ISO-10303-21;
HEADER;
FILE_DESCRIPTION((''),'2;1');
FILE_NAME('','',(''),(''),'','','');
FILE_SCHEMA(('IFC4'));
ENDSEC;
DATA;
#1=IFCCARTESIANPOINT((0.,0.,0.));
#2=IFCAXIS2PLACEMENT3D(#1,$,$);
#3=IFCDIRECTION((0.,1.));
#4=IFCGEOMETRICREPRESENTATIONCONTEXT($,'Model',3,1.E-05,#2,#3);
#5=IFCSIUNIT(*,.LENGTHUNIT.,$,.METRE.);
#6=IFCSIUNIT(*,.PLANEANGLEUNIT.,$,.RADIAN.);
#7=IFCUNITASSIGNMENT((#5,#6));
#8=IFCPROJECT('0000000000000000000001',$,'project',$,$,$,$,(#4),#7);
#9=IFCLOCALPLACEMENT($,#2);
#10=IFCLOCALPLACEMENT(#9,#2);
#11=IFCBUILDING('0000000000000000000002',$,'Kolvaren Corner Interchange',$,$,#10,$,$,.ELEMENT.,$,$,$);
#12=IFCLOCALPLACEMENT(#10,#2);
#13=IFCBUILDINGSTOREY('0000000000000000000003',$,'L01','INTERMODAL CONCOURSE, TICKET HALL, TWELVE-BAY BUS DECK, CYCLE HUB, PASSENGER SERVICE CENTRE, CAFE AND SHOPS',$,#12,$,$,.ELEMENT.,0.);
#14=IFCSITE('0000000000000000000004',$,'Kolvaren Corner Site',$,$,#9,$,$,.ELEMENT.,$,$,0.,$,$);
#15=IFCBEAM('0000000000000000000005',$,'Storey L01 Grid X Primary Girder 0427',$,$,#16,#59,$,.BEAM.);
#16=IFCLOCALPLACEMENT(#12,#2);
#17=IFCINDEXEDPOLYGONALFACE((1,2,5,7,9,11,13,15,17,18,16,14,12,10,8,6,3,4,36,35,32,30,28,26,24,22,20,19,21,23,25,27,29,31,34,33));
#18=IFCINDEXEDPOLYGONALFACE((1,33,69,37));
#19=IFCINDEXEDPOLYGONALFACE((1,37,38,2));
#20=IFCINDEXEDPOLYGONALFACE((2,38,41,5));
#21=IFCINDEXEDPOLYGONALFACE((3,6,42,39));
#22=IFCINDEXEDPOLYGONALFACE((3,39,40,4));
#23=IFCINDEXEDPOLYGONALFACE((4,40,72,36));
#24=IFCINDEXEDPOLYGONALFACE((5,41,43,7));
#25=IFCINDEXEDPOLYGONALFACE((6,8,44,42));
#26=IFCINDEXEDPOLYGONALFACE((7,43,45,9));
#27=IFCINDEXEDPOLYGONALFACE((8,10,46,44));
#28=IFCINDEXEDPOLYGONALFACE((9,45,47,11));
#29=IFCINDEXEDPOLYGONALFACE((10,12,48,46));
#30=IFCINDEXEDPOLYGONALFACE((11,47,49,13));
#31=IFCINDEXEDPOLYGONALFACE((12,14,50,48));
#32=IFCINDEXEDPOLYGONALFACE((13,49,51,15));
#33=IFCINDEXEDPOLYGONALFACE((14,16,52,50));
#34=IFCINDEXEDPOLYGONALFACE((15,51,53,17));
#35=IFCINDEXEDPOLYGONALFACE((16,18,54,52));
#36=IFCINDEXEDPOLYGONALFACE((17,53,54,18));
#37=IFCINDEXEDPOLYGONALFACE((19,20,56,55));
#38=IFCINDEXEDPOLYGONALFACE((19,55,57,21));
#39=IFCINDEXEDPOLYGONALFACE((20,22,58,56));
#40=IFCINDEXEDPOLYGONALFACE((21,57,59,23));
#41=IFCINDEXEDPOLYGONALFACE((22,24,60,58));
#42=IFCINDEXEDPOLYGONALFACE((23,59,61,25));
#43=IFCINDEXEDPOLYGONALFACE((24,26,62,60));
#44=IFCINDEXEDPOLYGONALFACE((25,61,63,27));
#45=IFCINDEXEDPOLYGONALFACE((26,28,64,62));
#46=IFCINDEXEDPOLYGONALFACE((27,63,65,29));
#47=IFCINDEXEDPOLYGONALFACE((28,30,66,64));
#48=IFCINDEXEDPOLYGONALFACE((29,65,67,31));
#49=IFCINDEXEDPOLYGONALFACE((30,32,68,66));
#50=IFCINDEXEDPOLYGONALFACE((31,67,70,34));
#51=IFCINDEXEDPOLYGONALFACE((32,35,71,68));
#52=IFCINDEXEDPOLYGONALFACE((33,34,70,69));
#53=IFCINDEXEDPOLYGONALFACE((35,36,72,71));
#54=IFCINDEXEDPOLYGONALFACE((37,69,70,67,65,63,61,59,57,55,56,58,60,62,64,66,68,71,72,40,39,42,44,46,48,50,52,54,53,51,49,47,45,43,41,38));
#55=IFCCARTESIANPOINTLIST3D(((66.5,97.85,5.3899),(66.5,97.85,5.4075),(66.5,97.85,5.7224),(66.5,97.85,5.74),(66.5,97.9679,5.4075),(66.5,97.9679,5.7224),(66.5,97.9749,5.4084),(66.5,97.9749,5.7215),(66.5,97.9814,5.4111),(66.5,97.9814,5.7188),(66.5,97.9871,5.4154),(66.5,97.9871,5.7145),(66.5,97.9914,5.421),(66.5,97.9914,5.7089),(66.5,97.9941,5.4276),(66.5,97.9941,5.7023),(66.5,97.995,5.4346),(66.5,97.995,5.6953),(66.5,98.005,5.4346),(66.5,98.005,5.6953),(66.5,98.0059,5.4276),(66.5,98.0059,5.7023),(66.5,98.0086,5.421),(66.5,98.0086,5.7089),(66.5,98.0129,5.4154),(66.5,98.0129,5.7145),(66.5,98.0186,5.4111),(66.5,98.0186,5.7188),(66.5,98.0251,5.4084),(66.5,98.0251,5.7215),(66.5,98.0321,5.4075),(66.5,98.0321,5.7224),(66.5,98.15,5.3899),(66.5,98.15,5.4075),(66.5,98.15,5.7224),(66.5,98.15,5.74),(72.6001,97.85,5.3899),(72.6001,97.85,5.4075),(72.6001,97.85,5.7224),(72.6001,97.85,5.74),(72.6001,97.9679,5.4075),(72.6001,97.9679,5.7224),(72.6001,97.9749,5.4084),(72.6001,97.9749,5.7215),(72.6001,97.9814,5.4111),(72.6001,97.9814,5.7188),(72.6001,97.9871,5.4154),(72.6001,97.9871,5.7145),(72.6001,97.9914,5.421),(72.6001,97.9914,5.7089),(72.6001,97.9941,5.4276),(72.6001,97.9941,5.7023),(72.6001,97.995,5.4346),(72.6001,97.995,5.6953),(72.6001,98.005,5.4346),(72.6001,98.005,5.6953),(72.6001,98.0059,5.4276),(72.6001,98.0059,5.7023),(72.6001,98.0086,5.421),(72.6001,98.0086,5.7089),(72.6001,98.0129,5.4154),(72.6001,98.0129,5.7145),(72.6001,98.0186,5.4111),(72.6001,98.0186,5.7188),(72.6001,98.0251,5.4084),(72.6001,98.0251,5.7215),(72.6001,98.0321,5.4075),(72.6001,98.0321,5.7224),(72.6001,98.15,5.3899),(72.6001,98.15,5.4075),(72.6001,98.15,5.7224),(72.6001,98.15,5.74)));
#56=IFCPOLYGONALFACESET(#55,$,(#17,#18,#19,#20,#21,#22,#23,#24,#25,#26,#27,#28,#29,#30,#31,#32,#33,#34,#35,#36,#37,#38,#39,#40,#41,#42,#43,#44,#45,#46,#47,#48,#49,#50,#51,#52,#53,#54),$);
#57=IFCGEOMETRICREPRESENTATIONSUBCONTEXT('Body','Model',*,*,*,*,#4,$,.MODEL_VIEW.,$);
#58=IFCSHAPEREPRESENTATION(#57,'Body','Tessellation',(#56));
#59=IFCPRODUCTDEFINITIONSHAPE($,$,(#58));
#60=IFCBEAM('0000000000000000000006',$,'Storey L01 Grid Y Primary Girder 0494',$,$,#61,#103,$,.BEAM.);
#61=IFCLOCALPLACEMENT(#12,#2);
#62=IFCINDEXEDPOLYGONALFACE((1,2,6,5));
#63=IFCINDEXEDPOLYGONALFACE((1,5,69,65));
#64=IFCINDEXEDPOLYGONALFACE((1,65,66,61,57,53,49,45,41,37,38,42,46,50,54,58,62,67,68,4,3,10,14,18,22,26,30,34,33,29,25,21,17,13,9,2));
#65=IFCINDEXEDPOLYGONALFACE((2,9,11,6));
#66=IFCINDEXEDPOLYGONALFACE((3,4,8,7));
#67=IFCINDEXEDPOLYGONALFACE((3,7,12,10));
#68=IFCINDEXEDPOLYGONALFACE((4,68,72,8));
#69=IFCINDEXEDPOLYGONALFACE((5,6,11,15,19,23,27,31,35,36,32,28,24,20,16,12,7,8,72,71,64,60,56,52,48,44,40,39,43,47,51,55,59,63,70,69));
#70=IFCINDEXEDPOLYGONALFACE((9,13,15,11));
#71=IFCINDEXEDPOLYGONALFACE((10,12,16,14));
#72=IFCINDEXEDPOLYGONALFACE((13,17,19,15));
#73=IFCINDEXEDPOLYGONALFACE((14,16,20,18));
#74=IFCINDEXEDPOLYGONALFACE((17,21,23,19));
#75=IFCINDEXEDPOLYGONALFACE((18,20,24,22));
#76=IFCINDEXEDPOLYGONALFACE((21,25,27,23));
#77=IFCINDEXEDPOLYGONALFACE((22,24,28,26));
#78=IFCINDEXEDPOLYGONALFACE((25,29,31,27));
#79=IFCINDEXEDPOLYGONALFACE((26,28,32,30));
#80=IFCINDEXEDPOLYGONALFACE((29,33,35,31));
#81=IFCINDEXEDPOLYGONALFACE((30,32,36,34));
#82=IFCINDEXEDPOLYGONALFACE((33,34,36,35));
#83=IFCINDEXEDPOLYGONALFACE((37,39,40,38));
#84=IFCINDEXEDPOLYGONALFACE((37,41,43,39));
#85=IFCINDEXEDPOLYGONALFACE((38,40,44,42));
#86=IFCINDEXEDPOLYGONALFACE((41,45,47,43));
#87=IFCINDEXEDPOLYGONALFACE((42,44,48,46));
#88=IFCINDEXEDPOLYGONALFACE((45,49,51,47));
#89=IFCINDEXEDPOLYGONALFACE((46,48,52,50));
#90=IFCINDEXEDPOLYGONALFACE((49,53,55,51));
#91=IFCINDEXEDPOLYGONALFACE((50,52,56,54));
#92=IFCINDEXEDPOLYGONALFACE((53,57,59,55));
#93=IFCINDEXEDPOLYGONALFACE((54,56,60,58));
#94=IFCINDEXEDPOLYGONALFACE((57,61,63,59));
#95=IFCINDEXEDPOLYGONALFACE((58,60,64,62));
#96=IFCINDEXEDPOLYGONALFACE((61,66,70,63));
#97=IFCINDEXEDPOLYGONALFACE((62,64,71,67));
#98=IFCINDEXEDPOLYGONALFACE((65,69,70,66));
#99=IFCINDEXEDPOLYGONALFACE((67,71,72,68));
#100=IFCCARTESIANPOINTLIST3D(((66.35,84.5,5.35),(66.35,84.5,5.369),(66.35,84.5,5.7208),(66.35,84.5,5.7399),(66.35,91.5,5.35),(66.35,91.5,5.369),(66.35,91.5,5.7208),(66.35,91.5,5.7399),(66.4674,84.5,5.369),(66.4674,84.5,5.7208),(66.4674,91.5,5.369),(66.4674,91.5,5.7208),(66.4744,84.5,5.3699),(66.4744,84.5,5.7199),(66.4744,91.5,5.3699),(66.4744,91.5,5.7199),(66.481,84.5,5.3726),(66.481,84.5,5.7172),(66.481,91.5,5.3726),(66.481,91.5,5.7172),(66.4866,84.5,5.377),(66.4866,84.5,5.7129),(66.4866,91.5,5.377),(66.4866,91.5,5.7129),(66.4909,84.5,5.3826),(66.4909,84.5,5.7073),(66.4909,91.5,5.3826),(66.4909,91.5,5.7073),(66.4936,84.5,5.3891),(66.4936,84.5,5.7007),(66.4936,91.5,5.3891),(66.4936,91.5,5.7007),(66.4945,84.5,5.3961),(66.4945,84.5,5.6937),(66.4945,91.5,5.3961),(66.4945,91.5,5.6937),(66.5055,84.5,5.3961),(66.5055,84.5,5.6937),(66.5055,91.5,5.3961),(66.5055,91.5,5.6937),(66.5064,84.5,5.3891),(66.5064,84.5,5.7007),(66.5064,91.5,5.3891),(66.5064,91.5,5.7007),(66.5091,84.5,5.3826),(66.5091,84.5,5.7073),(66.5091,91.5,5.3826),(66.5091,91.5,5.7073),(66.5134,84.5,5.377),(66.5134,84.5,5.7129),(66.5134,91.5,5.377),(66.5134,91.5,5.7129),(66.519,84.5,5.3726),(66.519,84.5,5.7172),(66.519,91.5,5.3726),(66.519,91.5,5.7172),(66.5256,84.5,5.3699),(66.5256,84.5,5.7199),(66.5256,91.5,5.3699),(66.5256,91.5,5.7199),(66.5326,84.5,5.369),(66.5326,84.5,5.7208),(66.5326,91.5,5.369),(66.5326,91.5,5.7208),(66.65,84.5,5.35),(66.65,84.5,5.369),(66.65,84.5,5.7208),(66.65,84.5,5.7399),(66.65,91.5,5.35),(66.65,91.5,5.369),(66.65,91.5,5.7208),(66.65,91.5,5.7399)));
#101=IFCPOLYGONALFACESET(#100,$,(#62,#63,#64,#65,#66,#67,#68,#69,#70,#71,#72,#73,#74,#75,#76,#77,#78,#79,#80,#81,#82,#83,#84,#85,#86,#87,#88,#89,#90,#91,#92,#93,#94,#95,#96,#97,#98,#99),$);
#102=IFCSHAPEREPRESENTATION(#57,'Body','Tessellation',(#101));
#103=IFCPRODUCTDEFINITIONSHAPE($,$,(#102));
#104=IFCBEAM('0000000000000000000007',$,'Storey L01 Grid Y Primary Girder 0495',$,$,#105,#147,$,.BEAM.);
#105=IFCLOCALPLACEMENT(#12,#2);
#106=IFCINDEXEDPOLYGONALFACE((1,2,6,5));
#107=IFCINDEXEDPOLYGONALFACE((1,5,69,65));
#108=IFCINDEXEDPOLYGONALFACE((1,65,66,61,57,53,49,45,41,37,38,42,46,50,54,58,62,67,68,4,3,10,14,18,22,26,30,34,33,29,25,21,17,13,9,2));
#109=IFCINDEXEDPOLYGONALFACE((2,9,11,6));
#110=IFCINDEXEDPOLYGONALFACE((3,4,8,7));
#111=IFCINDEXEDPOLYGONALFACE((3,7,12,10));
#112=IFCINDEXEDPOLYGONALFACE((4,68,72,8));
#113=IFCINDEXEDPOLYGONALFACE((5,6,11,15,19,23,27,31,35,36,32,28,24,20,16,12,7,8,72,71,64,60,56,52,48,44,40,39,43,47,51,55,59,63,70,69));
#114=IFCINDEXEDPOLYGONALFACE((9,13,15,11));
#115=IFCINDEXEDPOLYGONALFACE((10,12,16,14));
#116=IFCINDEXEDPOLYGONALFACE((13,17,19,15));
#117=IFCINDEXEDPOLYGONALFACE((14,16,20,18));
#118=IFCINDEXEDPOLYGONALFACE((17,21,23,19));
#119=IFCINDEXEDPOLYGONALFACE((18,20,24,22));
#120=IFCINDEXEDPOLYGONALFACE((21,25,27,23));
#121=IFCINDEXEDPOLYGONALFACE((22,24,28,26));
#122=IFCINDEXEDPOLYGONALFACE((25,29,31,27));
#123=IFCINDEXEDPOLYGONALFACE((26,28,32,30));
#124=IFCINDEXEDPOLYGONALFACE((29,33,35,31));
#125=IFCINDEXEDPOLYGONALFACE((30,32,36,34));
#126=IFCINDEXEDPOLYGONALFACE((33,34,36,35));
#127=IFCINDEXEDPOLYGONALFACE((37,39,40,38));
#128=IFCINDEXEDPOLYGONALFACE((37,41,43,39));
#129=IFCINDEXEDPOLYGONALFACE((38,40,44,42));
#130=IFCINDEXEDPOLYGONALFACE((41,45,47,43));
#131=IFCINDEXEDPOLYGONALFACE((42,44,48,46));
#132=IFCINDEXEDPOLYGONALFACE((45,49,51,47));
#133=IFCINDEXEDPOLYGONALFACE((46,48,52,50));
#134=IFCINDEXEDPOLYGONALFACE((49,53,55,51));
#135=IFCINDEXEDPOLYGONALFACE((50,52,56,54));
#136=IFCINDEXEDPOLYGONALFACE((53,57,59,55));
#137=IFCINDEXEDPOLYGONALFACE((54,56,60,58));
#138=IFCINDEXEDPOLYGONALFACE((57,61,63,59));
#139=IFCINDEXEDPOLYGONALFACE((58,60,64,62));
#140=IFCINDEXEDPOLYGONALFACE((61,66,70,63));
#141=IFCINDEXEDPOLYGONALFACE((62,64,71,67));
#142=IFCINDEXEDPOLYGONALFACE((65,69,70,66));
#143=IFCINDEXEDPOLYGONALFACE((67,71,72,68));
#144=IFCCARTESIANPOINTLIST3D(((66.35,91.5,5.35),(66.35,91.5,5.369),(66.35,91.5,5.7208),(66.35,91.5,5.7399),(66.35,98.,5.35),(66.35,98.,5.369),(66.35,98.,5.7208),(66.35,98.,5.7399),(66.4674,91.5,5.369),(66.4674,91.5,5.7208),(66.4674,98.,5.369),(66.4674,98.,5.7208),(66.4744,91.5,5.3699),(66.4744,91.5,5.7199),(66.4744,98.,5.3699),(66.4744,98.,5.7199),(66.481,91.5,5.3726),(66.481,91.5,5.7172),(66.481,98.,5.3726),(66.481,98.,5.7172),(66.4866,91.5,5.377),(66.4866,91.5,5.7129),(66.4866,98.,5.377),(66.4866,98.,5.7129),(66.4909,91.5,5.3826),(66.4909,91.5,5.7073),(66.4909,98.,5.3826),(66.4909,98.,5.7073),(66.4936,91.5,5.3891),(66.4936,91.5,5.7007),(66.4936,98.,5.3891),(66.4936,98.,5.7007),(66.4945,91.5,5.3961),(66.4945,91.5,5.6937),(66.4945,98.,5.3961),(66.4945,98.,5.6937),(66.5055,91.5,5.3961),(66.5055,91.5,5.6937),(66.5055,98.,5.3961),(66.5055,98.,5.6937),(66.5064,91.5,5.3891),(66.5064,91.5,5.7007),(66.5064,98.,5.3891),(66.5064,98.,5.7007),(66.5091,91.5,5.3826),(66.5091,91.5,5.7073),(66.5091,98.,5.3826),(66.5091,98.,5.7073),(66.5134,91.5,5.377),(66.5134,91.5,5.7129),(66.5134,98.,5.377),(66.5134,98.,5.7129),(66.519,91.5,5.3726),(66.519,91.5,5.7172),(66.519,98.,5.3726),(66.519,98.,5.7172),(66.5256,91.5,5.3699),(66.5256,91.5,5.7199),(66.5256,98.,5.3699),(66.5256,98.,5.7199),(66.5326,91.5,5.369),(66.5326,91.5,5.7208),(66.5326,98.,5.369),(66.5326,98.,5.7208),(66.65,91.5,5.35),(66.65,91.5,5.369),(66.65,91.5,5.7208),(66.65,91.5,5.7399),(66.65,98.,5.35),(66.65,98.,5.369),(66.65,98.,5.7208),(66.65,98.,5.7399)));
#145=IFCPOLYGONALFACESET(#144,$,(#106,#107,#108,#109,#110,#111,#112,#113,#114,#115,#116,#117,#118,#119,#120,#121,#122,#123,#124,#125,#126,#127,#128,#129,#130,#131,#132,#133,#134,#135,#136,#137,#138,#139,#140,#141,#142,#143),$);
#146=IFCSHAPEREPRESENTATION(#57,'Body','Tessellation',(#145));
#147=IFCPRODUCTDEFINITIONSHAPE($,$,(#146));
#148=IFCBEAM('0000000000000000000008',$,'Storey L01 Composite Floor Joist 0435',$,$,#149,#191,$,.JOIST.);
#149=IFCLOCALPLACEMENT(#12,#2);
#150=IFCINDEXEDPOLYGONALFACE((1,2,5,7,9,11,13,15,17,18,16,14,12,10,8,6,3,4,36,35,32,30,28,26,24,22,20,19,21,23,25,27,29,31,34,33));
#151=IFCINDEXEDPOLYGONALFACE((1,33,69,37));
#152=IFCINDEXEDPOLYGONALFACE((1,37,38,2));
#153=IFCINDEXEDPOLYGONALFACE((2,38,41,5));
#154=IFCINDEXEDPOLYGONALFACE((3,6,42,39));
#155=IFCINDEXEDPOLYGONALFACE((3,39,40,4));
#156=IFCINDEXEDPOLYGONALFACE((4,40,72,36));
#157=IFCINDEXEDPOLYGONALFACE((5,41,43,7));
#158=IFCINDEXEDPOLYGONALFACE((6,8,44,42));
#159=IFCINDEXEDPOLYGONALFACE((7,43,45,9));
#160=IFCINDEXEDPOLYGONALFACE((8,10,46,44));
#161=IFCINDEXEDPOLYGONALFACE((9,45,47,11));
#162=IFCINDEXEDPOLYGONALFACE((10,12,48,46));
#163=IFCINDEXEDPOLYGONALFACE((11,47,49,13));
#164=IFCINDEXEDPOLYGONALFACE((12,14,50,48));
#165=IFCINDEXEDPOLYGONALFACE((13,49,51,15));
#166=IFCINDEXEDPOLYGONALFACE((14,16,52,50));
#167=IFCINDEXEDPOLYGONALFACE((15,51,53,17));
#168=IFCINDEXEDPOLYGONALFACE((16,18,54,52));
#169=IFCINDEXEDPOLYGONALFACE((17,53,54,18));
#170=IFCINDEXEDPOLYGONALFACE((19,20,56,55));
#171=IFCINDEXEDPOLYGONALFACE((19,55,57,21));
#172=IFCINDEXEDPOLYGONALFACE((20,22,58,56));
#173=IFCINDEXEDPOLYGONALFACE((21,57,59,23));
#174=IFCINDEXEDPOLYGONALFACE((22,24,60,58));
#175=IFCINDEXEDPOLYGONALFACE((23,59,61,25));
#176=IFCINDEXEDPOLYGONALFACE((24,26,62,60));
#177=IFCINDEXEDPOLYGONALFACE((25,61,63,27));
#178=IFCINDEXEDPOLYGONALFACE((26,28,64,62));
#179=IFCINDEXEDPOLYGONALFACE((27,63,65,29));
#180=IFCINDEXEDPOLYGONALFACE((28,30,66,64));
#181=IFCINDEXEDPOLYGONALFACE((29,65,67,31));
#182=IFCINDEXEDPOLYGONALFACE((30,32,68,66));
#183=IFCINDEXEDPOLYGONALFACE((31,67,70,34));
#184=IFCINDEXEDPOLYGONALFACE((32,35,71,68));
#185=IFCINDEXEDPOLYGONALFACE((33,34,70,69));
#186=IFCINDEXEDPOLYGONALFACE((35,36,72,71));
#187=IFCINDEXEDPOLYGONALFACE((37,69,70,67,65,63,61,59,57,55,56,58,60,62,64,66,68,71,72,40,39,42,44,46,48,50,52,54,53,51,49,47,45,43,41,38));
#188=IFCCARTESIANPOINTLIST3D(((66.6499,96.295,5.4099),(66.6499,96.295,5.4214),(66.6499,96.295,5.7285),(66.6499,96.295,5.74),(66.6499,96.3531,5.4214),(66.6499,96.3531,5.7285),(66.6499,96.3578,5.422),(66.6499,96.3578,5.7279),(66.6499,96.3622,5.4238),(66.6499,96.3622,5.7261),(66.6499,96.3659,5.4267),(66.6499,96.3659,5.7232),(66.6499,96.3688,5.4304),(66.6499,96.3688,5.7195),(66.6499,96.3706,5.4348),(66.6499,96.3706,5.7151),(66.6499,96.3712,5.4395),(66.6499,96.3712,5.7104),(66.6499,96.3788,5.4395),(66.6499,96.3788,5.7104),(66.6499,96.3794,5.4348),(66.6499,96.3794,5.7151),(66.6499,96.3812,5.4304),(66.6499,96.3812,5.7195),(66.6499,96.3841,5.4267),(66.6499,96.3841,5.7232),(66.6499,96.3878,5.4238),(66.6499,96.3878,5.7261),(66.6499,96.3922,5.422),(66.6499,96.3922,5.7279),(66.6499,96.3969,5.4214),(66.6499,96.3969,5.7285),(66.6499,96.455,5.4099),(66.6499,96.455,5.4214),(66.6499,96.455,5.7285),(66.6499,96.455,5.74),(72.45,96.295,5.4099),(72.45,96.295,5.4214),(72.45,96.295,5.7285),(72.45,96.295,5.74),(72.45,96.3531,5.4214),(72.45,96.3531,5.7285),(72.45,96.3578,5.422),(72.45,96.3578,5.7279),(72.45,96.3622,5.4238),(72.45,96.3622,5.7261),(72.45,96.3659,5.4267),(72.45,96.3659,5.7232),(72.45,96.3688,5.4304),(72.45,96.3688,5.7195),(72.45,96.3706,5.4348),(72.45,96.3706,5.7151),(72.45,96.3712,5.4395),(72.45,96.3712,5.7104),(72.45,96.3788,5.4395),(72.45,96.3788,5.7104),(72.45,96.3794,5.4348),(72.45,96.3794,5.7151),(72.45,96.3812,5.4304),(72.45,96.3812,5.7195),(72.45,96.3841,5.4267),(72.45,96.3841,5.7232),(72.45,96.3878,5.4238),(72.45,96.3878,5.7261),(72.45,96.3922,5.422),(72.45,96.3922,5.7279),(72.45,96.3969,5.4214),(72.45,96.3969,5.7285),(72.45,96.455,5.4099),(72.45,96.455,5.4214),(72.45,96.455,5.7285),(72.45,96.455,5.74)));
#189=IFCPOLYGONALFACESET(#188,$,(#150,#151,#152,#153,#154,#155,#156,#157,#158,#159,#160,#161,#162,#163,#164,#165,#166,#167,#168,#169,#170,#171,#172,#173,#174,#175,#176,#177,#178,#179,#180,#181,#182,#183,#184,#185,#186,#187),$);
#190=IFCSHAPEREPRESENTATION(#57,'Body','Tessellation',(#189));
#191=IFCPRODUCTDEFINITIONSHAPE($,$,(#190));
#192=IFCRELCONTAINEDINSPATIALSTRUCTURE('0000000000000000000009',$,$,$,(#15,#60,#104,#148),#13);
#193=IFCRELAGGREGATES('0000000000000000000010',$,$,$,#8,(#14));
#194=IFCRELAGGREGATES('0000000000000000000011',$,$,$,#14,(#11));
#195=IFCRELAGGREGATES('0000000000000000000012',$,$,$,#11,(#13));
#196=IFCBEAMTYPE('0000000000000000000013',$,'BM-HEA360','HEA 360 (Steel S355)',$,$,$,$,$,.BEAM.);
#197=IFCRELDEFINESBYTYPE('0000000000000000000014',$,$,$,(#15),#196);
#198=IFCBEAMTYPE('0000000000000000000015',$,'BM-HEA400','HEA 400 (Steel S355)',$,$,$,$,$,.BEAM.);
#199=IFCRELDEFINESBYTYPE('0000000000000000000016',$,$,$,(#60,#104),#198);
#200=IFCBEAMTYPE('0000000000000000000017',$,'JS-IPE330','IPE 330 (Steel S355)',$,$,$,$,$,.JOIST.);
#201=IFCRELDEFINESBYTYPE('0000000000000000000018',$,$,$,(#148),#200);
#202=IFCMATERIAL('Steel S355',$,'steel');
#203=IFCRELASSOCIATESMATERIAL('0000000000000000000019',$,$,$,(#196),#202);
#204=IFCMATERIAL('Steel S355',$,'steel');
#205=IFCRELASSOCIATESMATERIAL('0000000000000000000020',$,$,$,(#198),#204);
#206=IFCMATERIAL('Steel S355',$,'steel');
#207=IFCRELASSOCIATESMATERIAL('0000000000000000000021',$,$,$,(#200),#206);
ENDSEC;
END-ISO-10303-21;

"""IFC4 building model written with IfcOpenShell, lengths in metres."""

from ifc_helpers import new_model, si_unit, direction, frame, origin, origin_2d, place, context, subcontext, project, spatial, i_section, extrude, material, material_profile, profile_set, type_object, element, save


model = new_model("IFC4")

# Units and contexts
model_context = context("Model", 3, precision=1e-05, world=origin(), true_north=direction((0.0, 1.0)))
body_context = subcontext(model_context, "Body", "Model", "MODEL_VIEW")
ifc_project = project(units=[si_unit("LENGTHUNIT", "METRE"), si_unit("PLANEANGLEUNIT", "RADIAN")], contexts=[model_context])

# Site, building, storey
site_placement = place(None, origin())
site = spatial("IfcSite", under=ifc_project, at=site_placement, Name="Kolvaren Corner Site", CompositionType="ELEMENT", RefElevation=0.0)
building_placement = place(site_placement, origin())
building = spatial("IfcBuilding", under=site, at=building_placement, Name="Kolvaren Corner Interchange", CompositionType="ELEMENT")
storey_placement = place(building_placement, origin())
storey = spatial("IfcBuildingStorey", under=building, at=storey_placement, Name="L01", Description="INTERMODAL CONCOURSE, TICKET HALL, TWELVE-BAY BUS DECK, CYCLE HUB, PASSENGER SERVICE CENTRE, CAFE AND SHOPS", CompositionType="ELEMENT", Elevation=0.0)

# Beams
ifc_material_1 = material(Name="Steel S355", Category="steel")
ifc_material_profile_1 = material_profile(ifc_material_1, i_section(OverallWidth=0.3, OverallDepth=0.3501, WebThickness=0.01, FlangeThickness=0.0176, FilletRadius=0.0271, at=origin_2d()), Name="HEA 360")
ifc_profile_set_1 = profile_set([ifc_material_profile_1], Name="Steel S355")
beam_type_1 = type_object("IfcBeamType", Name="BM-HEA360", Description="HEA 360 (Steel S355)", PredefinedType="BEAM", material=ifc_profile_set_1)
for number, where, z_axis, x_axis, name in (
    (1, (66.5, 98.0, 5.5649), (1.0, 0.0, 0.0), (0.0, 1.0, 0.0), "Storey L01 Grid X Primary Girder 0427"),
):
    element("IfcBeam", number, at=place(storey_placement, frame(where, z_axis=z_axis, x_axis=x_axis)), inside=storey, type_object=beam_type_1, Name=name, PredefinedType="BEAM", context=body_context, shape_type="SweptSolid", body=[
        extrude(i_section(OverallWidth=0.3, OverallDepth=0.3501, WebThickness=0.01, FlangeThickness=0.0176, FilletRadius=0.0271, at=origin_2d()), origin(), (0.0, 0.0, 1.0), 6.1001),
    ])
ifc_material_2 = material(Name="Steel S355", Category="steel")
ifc_material_profile_2 = material_profile(ifc_material_2, i_section(OverallWidth=0.3, OverallDepth=0.3899, WebThickness=0.011, FlangeThickness=0.019, FilletRadius=0.0271, at=origin_2d()), Name="HEA 400")
ifc_profile_set_2 = profile_set([ifc_material_profile_2], Name="Steel S355")
beam_type_2 = type_object("IfcBeamType", Name="BM-HEA400", Description="HEA 400 (Steel S355)", PredefinedType="BEAM", material=ifc_profile_set_2)
beam_1_placement = place(storey_placement, frame((66.5, 84.5, 5.5449), z_axis=(0.0, 1.0, 0.0), x_axis=(-1.0, 0.0, 0.0)))
element("IfcBeam", 2, at=beam_1_placement, inside=storey, type_object=beam_type_2, Name="Storey L01 Grid Y Primary Girder 0494", PredefinedType="BEAM", context=body_context, shape_type="SweptSolid", body=[
    extrude(i_section(OverallWidth=0.3, OverallDepth=0.3899, WebThickness=0.011, FlangeThickness=0.019, FilletRadius=0.0271, at=origin_2d()), origin(), (0.0, 0.0, 1.0), 7.0),
])
beam_2_placement = place(storey_placement, frame((66.5, 91.5, 5.5449), z_axis=(0.0, 1.0, 0.0), x_axis=(-1.0, 0.0, 0.0)))
element("IfcBeam", 3, at=beam_2_placement, inside=storey, type_object=beam_type_2, Name="Storey L01 Grid Y Primary Girder 0495", PredefinedType="BEAM", context=body_context, shape_type="SweptSolid", body=[
    extrude(i_section(OverallWidth=0.3, OverallDepth=0.3899, WebThickness=0.011, FlangeThickness=0.019, FilletRadius=0.0271, at=origin_2d()), origin(), (0.0, 0.0, 1.0), 6.5),
])
ifc_material_3 = material(Name="Steel S355", Category="steel")
ifc_material_profile_3 = material_profile(ifc_material_3, i_section(OverallWidth=0.1599, OverallDepth=0.3301, WebThickness=0.0076, FlangeThickness=0.0115, FilletRadius=0.0181, at=origin_2d()), Name="IPE 330")
ifc_profile_set_3 = profile_set([ifc_material_profile_3], Name="Steel S355")
beam_type_3 = type_object("IfcBeamType", Name="JS-IPE330", Description="IPE 330 (Steel S355)", PredefinedType="JOIST", material=ifc_profile_set_3)
beam_3_placement = place(storey_placement, frame((66.6499, 96.375, 5.575), z_axis=(1.0, 0.0, 0.0), x_axis=(0.0, 1.0, 0.0)))
element("IfcBeam", 4, at=beam_3_placement, inside=storey, type_object=beam_type_3, Name="Storey L01 Composite Floor Joist 0435", PredefinedType="JOIST", context=body_context, shape_type="SweptSolid", body=[
    extrude(i_section(OverallWidth=0.1599, OverallDepth=0.3301, WebThickness=0.0076, FlangeThickness=0.0115, FilletRadius=0.0181, at=origin_2d()), origin(), (0.0, 0.0, 1.0), 5.8),
])

save(model, "model.ifc")
